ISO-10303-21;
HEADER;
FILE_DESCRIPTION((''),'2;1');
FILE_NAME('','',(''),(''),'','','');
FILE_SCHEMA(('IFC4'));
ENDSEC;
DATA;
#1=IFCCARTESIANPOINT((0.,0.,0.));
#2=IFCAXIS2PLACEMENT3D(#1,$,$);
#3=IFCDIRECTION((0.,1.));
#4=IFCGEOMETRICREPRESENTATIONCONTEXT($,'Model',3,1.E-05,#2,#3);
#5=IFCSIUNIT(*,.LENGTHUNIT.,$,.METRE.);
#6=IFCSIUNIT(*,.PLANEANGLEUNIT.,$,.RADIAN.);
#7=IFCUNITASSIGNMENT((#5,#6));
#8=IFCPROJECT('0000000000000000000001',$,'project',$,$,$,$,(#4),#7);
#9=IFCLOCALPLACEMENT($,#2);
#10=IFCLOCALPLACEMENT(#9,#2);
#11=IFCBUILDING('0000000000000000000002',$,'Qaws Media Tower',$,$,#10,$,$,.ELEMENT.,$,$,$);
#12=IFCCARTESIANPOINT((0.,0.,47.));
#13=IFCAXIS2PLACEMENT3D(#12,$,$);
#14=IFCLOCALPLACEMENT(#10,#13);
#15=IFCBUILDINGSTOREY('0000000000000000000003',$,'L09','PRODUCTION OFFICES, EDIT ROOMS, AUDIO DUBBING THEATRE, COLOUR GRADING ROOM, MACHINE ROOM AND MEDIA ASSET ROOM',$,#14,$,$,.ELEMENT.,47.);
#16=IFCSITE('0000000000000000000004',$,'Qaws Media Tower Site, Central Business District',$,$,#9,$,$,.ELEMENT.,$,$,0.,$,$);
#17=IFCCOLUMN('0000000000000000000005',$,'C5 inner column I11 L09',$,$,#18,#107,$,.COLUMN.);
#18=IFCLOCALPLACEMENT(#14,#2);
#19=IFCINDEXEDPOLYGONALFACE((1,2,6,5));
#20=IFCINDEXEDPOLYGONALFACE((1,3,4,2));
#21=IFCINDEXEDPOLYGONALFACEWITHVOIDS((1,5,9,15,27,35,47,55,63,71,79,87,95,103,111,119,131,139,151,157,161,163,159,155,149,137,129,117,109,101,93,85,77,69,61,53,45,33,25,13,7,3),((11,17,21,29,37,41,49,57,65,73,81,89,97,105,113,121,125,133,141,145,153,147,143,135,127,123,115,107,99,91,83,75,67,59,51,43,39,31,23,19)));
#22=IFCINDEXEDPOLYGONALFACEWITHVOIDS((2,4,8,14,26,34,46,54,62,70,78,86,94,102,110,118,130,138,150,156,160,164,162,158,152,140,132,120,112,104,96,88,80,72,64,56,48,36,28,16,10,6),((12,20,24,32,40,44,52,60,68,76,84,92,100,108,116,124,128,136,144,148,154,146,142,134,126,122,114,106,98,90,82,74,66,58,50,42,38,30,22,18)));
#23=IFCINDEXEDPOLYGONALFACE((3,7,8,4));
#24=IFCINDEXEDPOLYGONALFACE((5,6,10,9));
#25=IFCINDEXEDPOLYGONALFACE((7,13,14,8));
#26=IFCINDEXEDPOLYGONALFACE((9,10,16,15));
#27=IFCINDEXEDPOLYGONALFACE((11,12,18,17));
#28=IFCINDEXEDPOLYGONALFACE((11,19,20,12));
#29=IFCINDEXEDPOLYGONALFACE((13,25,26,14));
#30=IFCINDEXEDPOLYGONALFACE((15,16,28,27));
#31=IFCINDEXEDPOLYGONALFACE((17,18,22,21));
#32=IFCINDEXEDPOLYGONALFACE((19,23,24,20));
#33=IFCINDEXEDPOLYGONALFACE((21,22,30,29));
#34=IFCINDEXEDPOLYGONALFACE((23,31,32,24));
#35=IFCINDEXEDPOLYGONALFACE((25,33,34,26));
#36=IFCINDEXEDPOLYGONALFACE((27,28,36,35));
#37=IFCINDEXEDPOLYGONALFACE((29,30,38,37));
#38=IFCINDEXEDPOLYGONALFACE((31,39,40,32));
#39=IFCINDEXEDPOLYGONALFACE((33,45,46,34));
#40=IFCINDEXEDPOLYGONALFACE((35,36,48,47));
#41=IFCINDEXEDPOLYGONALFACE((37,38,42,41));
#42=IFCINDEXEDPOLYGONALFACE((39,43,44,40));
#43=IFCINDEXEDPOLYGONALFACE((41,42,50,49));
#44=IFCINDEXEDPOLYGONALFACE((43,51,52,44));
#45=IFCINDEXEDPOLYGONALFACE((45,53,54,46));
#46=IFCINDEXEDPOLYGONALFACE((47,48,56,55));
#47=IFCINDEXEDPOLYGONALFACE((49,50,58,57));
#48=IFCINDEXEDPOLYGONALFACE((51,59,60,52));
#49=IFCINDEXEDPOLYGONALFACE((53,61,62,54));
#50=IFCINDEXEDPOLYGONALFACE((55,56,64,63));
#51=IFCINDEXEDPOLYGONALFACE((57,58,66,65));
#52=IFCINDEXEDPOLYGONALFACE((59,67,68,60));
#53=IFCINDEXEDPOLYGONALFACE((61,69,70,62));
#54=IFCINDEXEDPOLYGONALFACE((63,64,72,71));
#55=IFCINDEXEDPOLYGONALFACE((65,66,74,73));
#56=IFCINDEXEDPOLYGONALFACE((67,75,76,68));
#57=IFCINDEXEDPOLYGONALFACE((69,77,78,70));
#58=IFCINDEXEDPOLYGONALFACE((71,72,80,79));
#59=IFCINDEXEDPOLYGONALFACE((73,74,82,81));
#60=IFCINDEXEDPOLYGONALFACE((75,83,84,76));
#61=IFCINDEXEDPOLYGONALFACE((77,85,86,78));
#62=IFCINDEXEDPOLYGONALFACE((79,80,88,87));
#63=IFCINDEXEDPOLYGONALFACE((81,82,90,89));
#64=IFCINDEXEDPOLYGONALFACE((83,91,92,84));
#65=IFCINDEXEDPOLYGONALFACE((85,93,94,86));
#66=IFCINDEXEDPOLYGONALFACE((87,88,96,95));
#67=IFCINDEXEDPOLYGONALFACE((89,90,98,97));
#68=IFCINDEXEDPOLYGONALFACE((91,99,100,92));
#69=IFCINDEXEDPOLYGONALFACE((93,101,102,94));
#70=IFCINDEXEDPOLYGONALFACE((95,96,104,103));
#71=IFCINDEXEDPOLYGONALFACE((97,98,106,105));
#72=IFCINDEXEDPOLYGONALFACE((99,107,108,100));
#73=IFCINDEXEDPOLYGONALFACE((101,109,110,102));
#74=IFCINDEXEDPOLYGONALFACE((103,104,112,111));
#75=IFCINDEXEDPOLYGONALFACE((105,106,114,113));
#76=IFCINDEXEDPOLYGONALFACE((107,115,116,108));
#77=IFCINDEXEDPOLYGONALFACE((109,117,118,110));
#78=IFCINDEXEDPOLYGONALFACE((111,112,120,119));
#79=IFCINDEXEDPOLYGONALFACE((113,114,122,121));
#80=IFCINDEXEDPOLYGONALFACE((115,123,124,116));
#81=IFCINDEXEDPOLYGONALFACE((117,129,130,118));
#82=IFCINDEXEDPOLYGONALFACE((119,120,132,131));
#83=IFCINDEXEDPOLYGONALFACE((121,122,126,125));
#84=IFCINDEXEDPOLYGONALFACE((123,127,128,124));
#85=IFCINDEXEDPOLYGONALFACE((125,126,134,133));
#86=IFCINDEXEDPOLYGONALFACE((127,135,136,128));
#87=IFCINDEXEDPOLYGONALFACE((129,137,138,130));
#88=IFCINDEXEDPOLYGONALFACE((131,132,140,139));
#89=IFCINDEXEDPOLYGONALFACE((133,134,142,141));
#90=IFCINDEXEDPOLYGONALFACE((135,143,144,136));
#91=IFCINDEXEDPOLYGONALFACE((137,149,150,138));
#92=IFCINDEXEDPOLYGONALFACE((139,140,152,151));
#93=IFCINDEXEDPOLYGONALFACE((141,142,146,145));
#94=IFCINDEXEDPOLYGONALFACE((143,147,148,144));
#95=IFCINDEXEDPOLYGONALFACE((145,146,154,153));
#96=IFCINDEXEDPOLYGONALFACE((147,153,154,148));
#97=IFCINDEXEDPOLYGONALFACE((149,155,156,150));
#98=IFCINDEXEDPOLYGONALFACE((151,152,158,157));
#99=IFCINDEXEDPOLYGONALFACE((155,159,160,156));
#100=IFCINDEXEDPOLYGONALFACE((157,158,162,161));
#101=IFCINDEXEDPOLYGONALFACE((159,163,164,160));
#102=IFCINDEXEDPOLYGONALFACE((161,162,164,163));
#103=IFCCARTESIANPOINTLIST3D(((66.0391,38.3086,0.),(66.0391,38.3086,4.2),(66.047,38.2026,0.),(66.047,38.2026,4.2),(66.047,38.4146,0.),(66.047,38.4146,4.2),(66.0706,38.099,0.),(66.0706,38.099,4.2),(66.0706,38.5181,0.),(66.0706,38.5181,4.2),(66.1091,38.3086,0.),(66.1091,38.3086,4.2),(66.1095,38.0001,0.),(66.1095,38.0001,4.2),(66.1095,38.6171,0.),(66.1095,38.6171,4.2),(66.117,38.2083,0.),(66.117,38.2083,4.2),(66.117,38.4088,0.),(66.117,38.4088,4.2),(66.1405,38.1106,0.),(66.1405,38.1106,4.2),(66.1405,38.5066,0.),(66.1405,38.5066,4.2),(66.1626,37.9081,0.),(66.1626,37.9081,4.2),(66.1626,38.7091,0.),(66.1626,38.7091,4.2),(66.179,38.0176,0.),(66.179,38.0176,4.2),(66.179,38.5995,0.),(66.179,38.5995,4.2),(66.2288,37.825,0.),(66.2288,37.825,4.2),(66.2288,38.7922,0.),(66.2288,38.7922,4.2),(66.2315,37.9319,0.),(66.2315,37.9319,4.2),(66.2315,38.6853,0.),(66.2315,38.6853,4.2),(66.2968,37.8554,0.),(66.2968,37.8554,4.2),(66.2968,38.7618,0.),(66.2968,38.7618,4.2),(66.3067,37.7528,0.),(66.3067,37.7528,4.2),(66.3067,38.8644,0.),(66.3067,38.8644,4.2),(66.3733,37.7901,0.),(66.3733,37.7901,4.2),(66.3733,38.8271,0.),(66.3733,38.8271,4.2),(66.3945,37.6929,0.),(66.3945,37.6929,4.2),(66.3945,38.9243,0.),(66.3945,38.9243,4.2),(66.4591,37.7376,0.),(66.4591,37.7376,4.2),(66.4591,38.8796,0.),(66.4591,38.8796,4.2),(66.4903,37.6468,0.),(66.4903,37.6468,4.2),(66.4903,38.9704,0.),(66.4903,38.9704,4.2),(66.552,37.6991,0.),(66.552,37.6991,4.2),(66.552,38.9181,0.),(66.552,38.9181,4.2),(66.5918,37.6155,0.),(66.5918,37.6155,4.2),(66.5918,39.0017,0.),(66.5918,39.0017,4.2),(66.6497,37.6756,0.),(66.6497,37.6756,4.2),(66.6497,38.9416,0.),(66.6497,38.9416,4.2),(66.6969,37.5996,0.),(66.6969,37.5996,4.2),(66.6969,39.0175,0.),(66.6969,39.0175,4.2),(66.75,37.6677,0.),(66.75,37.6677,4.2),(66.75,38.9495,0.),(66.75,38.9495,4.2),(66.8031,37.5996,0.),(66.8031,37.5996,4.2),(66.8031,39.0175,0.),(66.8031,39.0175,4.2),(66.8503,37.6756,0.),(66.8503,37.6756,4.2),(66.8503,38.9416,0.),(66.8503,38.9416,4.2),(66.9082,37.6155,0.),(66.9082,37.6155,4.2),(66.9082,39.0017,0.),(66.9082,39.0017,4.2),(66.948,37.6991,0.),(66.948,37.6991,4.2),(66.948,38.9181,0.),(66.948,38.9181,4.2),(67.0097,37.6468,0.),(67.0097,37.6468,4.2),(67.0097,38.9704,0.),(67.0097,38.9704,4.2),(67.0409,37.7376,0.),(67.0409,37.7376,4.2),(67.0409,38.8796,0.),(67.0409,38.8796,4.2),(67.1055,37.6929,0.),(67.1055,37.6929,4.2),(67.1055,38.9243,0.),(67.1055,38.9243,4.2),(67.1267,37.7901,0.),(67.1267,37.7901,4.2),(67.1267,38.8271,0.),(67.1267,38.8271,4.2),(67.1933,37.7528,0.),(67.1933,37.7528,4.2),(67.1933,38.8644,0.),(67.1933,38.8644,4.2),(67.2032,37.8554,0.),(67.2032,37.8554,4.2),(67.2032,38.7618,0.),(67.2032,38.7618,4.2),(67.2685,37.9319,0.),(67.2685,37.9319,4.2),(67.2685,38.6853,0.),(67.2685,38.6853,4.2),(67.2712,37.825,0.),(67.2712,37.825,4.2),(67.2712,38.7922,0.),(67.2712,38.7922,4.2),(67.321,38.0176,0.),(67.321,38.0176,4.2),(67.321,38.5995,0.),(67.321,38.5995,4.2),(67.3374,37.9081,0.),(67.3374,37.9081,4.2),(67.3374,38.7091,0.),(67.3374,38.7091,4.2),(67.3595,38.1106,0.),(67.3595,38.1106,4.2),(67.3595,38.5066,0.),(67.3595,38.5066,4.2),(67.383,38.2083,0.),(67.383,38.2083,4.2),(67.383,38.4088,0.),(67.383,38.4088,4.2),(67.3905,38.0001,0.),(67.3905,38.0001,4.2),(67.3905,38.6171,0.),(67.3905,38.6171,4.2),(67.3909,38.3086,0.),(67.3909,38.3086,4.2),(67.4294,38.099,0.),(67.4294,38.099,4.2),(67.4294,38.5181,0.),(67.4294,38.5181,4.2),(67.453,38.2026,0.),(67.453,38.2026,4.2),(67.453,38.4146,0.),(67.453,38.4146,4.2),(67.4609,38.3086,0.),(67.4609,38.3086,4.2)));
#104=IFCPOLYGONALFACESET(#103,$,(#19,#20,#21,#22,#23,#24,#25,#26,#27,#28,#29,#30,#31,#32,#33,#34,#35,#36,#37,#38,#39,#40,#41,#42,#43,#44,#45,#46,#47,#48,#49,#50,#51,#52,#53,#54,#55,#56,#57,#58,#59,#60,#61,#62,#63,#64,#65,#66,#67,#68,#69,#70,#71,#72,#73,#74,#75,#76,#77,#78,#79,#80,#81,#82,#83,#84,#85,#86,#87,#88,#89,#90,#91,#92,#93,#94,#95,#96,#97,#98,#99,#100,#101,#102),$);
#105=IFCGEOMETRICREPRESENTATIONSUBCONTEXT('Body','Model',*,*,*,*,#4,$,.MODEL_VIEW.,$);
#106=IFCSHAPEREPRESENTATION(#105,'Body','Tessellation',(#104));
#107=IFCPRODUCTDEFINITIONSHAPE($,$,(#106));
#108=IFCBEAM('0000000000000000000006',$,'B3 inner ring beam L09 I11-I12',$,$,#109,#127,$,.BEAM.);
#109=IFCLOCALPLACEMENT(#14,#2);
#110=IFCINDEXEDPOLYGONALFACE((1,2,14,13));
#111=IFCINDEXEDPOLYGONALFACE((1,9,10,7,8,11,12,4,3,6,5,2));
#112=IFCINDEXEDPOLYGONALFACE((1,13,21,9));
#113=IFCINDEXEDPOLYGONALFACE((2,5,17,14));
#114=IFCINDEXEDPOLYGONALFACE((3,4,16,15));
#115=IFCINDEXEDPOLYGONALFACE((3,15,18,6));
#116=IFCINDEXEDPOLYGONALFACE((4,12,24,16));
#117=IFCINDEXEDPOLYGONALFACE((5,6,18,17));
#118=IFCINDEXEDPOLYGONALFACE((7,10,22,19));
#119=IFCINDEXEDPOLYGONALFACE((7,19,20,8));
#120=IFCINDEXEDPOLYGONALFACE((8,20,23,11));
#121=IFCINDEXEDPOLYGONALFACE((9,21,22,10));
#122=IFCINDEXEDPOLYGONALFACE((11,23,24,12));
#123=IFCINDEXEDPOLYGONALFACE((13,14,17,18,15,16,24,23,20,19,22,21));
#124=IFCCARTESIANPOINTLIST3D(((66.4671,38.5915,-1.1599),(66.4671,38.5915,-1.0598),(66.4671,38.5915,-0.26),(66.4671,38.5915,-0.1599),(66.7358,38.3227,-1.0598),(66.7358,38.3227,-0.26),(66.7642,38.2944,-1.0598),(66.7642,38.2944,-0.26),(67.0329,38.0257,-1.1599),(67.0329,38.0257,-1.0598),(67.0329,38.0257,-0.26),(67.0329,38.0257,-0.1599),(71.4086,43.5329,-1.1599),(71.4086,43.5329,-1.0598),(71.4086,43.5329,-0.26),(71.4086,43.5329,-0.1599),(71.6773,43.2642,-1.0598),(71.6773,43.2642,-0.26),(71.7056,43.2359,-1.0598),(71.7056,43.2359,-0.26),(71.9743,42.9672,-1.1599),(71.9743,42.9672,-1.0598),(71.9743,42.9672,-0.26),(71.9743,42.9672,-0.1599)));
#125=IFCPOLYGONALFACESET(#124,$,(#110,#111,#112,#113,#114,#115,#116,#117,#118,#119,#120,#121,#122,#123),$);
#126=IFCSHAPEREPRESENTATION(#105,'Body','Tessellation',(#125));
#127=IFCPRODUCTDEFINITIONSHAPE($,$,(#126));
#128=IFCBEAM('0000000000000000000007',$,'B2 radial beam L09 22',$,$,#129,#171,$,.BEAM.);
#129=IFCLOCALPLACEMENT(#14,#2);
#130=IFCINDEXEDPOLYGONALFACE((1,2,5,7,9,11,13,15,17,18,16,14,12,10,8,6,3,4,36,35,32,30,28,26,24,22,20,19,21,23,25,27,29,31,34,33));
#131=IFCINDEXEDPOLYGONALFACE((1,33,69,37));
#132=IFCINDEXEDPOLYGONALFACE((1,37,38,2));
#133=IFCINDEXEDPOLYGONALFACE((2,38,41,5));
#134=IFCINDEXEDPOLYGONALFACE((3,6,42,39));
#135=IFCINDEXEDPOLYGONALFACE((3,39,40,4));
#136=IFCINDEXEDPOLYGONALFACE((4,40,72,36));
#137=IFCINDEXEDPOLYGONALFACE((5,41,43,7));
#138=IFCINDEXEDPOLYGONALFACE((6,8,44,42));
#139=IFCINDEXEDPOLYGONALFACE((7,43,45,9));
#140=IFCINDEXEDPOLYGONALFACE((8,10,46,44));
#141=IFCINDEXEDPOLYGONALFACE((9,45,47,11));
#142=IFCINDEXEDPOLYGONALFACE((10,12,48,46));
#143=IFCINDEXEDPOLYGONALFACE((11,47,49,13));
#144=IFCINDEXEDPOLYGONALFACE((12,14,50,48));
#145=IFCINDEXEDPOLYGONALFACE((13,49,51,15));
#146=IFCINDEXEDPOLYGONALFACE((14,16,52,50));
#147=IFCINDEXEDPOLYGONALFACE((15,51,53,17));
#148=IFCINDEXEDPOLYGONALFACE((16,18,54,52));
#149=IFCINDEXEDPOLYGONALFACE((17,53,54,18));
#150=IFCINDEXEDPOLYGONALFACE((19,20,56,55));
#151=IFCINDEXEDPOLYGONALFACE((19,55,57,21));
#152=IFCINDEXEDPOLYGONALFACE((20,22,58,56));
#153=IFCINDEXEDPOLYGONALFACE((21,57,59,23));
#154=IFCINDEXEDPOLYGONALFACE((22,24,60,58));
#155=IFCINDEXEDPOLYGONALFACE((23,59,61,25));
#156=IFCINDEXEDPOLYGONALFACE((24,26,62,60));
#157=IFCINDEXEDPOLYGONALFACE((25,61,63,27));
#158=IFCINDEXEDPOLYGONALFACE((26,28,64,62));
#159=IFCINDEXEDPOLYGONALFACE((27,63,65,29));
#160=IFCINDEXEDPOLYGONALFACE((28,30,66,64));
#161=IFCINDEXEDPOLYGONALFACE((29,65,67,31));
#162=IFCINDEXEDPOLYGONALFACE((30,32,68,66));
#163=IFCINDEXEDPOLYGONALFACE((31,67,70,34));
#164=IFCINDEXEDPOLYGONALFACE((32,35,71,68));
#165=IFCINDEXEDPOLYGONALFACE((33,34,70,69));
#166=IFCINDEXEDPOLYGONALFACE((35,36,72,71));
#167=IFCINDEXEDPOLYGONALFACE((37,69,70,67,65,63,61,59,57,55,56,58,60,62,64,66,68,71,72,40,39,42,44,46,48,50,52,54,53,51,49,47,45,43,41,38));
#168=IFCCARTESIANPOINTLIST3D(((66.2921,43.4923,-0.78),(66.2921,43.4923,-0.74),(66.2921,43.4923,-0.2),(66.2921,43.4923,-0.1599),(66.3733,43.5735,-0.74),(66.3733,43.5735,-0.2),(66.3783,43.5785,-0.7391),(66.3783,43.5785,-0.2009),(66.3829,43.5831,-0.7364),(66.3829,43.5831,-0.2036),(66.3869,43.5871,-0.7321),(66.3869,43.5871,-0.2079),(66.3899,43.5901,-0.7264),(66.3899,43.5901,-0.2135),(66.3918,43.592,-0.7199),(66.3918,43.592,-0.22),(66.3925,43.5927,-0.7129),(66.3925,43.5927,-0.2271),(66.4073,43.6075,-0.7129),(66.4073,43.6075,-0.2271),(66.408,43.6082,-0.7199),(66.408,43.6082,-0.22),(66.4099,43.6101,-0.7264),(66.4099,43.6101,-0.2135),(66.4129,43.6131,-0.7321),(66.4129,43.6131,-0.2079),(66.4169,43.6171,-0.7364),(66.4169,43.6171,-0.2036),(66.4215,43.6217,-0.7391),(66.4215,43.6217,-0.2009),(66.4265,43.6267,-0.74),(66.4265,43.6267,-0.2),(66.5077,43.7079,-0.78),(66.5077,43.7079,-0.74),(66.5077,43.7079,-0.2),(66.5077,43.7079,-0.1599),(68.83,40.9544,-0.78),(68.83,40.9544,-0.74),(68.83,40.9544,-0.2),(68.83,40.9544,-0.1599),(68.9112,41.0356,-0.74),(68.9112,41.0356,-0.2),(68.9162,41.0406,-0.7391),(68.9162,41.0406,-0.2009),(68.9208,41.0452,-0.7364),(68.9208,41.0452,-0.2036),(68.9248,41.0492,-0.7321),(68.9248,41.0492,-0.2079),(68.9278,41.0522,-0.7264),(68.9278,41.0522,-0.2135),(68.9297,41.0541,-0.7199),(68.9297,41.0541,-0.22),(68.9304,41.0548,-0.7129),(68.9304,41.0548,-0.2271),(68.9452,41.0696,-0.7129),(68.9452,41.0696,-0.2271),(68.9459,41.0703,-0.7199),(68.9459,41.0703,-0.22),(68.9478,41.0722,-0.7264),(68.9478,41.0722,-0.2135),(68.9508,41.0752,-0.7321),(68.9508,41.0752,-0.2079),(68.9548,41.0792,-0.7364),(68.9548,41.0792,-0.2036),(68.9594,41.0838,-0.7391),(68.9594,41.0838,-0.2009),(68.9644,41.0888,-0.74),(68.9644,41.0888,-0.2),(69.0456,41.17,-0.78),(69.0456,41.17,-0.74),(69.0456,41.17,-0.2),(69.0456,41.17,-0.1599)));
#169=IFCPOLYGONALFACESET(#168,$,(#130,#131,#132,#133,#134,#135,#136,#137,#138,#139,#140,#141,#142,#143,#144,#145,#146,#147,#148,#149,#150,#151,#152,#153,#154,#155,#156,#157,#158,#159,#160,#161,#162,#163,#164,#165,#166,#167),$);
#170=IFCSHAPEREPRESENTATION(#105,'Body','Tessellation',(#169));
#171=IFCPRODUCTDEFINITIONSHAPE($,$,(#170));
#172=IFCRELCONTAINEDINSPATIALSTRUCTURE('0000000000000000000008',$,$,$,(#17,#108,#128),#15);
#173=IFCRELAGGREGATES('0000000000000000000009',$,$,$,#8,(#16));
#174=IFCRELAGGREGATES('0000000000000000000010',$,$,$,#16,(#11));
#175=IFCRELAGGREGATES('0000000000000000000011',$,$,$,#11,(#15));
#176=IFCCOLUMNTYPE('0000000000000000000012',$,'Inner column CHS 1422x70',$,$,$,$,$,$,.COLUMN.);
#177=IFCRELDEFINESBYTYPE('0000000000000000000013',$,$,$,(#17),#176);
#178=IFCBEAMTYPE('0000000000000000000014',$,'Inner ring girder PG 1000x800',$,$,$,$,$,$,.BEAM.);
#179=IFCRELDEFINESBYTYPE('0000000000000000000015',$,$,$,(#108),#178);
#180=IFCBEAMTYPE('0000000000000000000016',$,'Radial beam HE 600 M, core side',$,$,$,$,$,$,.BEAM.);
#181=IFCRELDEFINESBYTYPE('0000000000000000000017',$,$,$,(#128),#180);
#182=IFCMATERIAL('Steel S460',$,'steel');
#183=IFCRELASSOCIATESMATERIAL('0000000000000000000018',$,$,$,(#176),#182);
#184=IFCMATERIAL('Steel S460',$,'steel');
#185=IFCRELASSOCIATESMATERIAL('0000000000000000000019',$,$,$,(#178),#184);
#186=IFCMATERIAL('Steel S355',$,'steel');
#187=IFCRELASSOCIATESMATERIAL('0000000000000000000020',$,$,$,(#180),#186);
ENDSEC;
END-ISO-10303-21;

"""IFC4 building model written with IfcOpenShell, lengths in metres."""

from ifc_helpers import new_model, si_unit, direction, frame, origin, origin_2d, place, context, subcontext, project, spatial, hollow_circle, i_section, extrude, material, material_profile, profile_set, type_object, element, save


model = new_model("IFC4")

# Units and contexts
model_context = context("Model", 3, precision=1e-05, world=origin(), true_north=direction((0.0, 1.0)))
body_context = subcontext(model_context, "Body", "Model", "MODEL_VIEW")
ifc_project = project(units=[si_unit("LENGTHUNIT", "METRE"), si_unit("PLANEANGLEUNIT", "RADIAN")], contexts=[model_context])

# Site, building, storey
site_placement = place(None, origin())
site = spatial("IfcSite", under=ifc_project, at=site_placement, Name="Qaws Media Tower Site, Central Business District", CompositionType="ELEMENT", RefElevation=0.0)
building_placement = place(site_placement, origin())
building = spatial("IfcBuilding", under=site, at=building_placement, Name="Qaws Media Tower", CompositionType="ELEMENT")
storey_placement = place(building_placement, frame((0.0, 0.0, 47.0)))
storey = spatial("IfcBuildingStorey", under=building, at=storey_placement, Name="L09", Description="PRODUCTION OFFICES, EDIT ROOMS, AUDIO DUBBING THEATRE, COLOUR GRADING ROOM, MACHINE ROOM AND MEDIA ASSET ROOM", CompositionType="ELEMENT", Elevation=47.0)

# Column
ifc_material_1 = material(Name="Steel S460", Category="steel")
ifc_material_profile_1 = material_profile(ifc_material_1, hollow_circle(Radius=0.7109, WallThickness=0.0701, at=origin_2d()), Name="CHS 1422x70")
ifc_profile_set_1 = profile_set([ifc_material_profile_1], Name="Steel S460")
column_type = type_object("IfcColumnType", Name="Inner column CHS 1422x70", PredefinedType="COLUMN", material=ifc_profile_set_1)
column_placement = place(storey_placement, frame((66.75, 38.3086, 0.0), z_axis=(0.0, 0.0, 1.0), x_axis=(1.0, 0.0, 0.0)))
element("IfcColumn", 1, at=column_placement, inside=storey, type_object=column_type, Name="C5 inner column I11 L09", PredefinedType="COLUMN", context=body_context, shape_type="SweptSolid", body=[
    extrude(hollow_circle(Radius=0.7109, WallThickness=0.0701, at=origin_2d()), origin(), (0.0, 0.0, 1.0), 4.2),
])

# Beams
ifc_material_2 = material(Name="Steel S460", Category="steel")
ifc_material_profile_2 = material_profile(ifc_material_2, i_section(OverallWidth=0.8, OverallDepth=1.0, WebThickness=0.04, FlangeThickness=0.1001, at=origin_2d()), Name="PG 1000x800")
ifc_profile_set_2 = profile_set([ifc_material_profile_2], Name="Steel S460")
beam_type_1 = type_object("IfcBeamType", Name="Inner ring girder PG 1000x800", PredefinedType="BEAM", material=ifc_profile_set_2)
beam_1_placement = place(storey_placement, frame((66.75, 38.3086, -0.6599), z_axis=(0.707107, 0.707107, 0.0), x_axis=(-0.707107, 0.707107, 0.0)))
element("IfcBeam", 2, at=beam_1_placement, inside=storey, type_object=beam_type_1, Name="B3 inner ring beam L09 I11-I12", PredefinedType="BEAM", context=body_context, shape_type="SweptSolid", body=[
    extrude(i_section(OverallWidth=0.8, OverallDepth=1.0, WebThickness=0.04, FlangeThickness=0.1001, at=origin_2d()), origin(), (0.0, 0.0, 1.0), 6.9883),
])
ifc_material_3 = material(Name="Steel S355", Category="steel")
ifc_material_profile_3 = material_profile(ifc_material_3, i_section(OverallWidth=0.3049, OverallDepth=0.6201, WebThickness=0.021, FlangeThickness=0.04, FilletRadius=0.0271, at=origin_2d()), Name="HE 600 M")
ifc_profile_set_3 = profile_set([ifc_material_profile_3], Name="Steel S355")
beam_type_2 = type_object("IfcBeamType", Name="Radial beam HE 600 M, core side", PredefinedType="BEAM", material=ifc_profile_set_3)
beam_2_placement = place(storey_placement, frame((66.3999, 43.6001, -0.47), z_axis=(0.707107, -0.707107, 0.0), x_axis=(0.707107, 0.707107, 0.0)))
element("IfcBeam", 3, at=beam_2_placement, inside=storey, type_object=beam_type_2, Name="B2 radial beam L09 22", PredefinedType="BEAM", context=body_context, shape_type="SweptSolid", body=[
    extrude(i_section(OverallWidth=0.3049, OverallDepth=0.6201, WebThickness=0.021, FlangeThickness=0.04, FilletRadius=0.0271, at=origin_2d()), origin(), (0.0, 0.0, 1.0), 3.5891),
])

save(model, "model.ifc")
